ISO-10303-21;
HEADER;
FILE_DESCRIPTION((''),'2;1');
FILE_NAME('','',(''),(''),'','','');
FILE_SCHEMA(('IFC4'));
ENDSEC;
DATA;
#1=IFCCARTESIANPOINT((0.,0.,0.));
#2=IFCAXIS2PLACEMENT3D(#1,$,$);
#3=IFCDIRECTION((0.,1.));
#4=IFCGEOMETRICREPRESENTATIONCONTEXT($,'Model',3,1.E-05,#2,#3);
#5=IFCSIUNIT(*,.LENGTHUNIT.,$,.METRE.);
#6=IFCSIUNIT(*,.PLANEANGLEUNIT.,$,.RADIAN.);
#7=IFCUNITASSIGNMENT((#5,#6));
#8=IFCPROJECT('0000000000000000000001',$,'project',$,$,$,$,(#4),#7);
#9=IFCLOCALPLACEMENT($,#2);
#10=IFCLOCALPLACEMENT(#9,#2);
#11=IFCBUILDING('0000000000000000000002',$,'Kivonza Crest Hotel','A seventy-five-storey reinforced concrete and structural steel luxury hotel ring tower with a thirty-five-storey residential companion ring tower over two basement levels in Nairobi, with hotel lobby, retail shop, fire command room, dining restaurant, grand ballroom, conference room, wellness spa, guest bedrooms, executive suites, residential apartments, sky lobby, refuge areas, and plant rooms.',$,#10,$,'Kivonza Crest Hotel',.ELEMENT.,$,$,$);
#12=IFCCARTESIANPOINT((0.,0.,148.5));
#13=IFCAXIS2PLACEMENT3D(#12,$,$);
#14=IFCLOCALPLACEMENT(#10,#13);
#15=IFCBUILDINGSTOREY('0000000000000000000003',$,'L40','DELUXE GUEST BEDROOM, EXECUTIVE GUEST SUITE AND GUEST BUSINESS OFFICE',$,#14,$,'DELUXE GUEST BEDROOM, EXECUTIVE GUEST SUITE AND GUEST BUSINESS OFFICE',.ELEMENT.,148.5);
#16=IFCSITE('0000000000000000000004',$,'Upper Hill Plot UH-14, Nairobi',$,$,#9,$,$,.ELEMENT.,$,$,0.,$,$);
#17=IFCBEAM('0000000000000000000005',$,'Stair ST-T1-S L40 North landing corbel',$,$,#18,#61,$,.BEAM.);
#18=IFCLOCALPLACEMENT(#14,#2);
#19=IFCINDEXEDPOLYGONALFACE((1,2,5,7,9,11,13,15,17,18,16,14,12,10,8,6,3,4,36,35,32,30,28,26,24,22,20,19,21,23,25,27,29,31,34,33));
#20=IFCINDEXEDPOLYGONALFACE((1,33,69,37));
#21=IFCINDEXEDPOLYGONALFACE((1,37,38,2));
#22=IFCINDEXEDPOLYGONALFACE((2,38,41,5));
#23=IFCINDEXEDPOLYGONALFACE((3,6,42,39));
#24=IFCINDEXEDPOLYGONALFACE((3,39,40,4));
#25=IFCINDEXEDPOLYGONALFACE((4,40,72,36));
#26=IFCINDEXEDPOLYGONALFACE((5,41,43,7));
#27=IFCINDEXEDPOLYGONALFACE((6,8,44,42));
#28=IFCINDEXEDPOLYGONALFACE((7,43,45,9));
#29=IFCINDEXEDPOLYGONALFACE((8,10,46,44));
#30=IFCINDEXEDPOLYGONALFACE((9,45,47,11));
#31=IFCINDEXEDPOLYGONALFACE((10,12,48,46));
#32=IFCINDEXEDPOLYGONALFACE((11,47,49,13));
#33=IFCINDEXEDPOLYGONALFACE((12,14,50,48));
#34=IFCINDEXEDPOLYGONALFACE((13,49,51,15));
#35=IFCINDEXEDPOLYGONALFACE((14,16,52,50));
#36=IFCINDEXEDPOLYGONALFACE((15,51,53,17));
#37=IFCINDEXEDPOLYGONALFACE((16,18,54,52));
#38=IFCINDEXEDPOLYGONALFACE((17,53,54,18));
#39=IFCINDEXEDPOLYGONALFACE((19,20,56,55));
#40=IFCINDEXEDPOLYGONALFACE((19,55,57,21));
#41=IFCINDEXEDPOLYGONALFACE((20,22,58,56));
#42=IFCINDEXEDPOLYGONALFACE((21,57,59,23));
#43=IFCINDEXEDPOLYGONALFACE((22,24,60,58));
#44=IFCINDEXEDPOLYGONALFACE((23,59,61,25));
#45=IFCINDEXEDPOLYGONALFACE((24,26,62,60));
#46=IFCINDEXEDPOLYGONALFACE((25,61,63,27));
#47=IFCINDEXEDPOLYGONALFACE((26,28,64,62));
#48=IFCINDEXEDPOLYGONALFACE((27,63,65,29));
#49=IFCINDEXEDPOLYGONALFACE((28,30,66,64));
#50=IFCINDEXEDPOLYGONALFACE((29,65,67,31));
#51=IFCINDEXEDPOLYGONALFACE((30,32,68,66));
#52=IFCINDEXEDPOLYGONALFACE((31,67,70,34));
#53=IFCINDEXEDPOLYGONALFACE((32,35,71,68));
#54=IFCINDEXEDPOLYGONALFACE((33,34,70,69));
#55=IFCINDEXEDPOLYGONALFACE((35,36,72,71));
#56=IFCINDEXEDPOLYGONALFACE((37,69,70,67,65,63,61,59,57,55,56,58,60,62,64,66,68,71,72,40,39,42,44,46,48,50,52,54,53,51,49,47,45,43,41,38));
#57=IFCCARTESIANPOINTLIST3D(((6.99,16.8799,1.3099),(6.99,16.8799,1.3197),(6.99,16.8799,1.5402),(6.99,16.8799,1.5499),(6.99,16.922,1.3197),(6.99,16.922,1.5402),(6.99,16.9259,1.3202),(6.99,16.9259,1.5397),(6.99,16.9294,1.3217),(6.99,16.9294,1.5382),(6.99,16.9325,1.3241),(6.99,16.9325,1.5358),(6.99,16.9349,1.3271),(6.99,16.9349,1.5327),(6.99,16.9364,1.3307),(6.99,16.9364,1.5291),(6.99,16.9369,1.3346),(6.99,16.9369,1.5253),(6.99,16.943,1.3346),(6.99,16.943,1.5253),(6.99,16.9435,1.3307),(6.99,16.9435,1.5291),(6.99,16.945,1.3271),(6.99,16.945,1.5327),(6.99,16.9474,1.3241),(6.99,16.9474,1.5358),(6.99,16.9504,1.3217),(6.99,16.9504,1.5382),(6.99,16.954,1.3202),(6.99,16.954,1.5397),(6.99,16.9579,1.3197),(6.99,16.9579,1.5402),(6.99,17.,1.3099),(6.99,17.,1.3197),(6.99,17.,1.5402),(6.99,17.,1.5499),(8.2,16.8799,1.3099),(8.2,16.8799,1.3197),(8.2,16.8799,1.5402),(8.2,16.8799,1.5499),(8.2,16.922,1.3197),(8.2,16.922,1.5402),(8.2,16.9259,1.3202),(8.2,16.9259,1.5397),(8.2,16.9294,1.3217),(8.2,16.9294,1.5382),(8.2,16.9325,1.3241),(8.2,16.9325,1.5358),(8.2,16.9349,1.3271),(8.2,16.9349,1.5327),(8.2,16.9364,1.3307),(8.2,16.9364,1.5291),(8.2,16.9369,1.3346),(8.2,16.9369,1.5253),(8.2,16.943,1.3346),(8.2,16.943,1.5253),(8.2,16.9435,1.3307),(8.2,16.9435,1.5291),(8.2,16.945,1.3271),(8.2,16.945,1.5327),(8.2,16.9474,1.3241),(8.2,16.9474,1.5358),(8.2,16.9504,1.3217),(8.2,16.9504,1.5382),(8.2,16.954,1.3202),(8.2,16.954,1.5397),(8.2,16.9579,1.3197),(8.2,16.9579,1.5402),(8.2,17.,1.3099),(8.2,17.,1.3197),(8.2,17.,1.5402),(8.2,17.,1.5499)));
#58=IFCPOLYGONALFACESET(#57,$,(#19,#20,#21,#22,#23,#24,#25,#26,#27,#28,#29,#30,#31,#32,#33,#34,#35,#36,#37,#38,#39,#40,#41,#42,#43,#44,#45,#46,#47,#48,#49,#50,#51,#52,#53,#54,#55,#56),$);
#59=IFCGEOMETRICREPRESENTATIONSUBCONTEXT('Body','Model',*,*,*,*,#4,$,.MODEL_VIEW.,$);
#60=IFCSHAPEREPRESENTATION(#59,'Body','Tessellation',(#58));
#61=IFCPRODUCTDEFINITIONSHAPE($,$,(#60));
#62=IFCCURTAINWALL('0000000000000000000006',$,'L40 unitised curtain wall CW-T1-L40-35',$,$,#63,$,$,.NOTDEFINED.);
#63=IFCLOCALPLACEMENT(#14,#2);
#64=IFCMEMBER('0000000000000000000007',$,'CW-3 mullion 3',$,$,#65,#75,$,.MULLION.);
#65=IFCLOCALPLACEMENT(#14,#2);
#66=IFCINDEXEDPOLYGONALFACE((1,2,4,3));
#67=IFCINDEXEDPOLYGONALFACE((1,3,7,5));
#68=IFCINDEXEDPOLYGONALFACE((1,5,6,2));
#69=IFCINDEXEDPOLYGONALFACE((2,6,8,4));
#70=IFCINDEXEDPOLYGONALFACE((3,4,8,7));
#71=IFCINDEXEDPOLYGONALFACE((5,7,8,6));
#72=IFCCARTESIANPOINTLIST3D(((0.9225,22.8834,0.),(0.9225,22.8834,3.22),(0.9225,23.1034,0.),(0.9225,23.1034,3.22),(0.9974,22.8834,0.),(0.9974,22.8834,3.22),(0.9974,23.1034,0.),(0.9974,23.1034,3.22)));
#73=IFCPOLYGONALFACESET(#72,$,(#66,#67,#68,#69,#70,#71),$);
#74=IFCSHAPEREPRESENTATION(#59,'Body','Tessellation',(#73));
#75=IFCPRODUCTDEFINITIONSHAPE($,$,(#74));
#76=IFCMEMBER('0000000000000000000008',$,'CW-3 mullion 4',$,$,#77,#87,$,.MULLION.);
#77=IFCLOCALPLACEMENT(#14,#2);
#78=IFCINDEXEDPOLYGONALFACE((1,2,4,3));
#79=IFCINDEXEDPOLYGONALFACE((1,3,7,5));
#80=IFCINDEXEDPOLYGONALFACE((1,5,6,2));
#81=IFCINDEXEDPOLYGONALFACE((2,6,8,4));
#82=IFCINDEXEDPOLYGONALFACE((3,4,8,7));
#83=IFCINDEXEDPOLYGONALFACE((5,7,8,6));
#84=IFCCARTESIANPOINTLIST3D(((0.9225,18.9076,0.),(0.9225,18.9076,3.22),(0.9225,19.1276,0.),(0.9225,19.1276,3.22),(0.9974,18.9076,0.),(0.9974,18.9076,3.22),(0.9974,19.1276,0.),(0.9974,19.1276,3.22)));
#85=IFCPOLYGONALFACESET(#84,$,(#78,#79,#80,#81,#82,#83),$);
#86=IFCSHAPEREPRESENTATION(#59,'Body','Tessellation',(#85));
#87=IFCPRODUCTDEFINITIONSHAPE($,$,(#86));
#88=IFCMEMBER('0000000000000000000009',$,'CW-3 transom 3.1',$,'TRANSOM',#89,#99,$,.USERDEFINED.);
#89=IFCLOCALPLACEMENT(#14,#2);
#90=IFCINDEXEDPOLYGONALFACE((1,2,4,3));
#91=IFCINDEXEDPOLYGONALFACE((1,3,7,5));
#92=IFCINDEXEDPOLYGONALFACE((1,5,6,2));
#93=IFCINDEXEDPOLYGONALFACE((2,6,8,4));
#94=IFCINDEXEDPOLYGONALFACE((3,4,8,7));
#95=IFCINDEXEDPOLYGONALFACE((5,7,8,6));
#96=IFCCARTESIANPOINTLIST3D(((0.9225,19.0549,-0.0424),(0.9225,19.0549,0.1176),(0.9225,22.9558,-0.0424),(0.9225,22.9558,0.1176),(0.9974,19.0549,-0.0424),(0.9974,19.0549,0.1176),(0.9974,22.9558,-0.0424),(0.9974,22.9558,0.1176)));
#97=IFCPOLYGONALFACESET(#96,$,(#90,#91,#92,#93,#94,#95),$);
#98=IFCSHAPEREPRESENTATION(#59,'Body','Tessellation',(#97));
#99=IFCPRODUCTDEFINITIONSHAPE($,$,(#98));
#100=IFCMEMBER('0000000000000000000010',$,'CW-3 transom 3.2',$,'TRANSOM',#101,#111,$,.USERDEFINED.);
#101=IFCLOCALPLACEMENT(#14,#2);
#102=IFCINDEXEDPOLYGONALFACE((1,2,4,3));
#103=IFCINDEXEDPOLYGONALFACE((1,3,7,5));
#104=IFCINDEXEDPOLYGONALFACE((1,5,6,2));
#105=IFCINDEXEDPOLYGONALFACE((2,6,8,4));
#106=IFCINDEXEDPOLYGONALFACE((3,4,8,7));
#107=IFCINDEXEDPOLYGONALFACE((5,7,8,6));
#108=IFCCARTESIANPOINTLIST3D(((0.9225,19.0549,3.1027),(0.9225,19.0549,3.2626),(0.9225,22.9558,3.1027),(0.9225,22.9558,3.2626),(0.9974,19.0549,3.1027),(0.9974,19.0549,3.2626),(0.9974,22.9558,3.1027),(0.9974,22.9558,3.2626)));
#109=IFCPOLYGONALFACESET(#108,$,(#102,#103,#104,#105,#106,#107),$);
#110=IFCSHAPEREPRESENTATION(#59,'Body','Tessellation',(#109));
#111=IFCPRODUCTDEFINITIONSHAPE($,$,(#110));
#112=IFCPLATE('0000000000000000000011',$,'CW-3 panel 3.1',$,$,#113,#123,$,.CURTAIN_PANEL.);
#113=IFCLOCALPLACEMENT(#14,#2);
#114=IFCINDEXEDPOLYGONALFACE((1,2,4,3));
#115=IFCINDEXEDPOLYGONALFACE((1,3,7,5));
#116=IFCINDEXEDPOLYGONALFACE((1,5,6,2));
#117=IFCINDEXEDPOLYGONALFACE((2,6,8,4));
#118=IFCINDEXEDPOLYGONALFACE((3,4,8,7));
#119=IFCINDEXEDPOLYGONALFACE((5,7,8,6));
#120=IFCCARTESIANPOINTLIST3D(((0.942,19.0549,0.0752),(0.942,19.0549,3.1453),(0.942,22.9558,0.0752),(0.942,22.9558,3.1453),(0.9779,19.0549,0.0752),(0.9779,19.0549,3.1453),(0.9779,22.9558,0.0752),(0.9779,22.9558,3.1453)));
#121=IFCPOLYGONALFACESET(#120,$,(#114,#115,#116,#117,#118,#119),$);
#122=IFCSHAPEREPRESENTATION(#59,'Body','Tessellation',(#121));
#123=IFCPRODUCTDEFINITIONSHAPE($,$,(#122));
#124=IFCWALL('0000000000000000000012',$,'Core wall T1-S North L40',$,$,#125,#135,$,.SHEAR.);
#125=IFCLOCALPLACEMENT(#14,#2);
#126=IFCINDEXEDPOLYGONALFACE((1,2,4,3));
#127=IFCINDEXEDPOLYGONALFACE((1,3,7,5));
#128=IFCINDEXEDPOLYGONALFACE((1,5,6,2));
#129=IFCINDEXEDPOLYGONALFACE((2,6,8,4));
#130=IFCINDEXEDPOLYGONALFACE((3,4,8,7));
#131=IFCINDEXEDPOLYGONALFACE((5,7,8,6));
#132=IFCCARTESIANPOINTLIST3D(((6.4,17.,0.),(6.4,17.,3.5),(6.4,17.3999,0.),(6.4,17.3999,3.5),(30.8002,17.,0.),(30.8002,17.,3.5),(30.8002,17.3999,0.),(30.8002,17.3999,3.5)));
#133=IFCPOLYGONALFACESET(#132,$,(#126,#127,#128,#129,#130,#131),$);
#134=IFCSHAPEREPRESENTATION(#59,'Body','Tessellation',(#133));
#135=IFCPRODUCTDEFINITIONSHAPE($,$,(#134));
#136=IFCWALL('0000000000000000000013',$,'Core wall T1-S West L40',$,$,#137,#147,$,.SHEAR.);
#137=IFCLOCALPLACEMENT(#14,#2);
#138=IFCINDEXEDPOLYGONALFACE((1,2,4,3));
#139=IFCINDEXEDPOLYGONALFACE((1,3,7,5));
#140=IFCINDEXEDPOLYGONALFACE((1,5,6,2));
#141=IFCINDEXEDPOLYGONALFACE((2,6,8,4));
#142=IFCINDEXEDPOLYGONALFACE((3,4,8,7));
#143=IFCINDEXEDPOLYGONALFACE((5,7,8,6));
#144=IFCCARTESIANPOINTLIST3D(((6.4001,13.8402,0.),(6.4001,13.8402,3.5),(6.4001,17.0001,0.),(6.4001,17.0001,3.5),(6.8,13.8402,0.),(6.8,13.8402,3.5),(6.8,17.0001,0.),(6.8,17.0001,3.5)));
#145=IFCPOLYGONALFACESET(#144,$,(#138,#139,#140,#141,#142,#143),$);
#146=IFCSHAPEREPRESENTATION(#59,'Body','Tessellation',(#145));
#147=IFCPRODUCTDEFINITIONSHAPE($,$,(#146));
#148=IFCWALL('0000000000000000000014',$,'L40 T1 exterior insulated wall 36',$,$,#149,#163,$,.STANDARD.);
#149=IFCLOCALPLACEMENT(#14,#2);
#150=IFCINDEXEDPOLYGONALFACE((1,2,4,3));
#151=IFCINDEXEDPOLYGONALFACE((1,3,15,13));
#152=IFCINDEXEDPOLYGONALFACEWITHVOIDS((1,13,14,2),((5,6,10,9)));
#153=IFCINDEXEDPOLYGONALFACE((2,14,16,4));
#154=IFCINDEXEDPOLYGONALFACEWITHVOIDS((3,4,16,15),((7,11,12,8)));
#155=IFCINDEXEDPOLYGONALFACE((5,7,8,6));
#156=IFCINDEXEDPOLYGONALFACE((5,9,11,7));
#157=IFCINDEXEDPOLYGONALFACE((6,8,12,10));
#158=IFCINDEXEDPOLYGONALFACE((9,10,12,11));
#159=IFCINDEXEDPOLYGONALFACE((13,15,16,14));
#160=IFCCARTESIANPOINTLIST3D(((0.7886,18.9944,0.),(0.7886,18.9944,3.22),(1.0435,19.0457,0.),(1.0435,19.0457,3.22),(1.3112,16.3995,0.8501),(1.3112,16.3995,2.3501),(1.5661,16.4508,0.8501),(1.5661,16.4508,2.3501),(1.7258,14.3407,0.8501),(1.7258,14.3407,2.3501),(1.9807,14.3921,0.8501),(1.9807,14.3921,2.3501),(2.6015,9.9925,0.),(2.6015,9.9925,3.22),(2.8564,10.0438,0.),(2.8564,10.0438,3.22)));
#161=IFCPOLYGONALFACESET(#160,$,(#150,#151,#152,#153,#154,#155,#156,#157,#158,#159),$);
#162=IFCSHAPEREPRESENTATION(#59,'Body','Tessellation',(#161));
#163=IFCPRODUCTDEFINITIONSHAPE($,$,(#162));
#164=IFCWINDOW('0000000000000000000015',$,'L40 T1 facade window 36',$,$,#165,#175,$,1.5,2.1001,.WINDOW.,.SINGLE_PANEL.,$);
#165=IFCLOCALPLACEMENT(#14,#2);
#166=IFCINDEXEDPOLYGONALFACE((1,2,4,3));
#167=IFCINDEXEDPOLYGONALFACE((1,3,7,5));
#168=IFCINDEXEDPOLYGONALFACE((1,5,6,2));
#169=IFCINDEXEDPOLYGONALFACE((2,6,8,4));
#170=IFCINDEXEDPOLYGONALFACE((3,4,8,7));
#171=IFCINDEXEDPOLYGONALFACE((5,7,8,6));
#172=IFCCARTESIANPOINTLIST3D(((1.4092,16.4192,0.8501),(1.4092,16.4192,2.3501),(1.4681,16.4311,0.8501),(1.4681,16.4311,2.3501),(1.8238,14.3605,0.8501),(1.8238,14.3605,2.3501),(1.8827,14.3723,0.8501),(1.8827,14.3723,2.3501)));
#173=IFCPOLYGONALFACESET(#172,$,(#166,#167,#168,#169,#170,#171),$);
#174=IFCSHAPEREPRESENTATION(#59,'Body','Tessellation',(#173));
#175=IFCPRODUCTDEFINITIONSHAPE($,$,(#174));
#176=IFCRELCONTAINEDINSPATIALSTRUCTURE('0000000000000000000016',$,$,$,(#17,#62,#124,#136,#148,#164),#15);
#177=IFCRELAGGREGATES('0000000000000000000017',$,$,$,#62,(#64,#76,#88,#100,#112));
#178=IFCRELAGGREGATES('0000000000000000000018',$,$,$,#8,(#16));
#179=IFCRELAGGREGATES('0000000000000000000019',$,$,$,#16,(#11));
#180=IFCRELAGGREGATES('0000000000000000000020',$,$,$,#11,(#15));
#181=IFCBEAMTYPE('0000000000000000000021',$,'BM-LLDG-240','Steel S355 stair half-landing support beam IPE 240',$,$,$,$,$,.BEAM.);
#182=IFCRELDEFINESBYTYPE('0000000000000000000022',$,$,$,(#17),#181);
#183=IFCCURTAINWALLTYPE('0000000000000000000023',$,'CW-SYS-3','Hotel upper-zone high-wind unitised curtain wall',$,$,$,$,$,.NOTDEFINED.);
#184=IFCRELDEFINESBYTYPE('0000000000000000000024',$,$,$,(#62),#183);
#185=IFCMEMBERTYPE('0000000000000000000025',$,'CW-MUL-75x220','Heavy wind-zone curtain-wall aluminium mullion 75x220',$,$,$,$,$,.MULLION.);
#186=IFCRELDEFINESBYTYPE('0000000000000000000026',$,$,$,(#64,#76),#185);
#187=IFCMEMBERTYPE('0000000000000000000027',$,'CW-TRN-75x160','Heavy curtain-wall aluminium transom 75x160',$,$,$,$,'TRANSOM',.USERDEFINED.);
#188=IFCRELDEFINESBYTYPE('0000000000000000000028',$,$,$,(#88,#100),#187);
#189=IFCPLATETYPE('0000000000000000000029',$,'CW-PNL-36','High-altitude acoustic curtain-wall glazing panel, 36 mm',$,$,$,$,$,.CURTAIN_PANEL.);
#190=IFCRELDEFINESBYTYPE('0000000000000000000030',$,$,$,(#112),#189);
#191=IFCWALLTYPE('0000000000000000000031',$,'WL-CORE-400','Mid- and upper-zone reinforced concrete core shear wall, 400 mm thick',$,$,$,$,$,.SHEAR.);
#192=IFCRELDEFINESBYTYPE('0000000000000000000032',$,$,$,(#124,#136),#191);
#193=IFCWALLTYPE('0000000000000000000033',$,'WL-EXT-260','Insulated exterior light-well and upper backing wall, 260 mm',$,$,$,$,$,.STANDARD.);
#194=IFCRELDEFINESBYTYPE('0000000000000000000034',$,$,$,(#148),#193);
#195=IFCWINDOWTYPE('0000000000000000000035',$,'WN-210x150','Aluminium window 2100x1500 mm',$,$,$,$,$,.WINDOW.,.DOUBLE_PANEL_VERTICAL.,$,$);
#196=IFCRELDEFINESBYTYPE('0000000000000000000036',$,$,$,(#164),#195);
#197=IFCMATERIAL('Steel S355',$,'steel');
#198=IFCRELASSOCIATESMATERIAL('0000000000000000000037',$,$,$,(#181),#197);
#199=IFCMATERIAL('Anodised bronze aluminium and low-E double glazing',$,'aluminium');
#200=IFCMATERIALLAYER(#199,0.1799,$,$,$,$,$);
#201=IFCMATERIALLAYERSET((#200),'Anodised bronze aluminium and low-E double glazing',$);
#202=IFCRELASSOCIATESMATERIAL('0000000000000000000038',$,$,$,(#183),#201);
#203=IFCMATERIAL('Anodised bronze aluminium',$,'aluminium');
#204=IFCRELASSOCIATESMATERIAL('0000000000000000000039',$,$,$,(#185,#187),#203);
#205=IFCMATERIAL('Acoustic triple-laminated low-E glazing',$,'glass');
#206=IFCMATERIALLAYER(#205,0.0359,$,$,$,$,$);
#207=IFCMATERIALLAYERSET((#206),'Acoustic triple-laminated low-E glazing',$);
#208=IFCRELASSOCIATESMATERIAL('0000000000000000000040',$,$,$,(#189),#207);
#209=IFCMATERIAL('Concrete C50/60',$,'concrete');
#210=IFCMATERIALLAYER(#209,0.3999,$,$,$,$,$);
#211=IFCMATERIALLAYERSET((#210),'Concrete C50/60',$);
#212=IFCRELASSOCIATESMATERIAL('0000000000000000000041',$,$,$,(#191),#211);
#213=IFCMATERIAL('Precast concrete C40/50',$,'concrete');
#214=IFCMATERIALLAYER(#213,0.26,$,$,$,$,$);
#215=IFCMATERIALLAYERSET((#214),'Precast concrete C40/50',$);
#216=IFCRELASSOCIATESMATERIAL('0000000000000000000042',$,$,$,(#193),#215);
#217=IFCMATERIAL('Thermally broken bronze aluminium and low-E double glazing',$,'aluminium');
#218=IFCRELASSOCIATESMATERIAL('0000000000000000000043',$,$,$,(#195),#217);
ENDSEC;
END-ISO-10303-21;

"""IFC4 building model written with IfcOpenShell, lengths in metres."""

from ifc_helpers import new_model, si_unit, direction, frame, frame_2d, origin, origin_2d, place, context, subcontext, project, spatial, rectangle, i_section, extrude, material, layer, layer_set, material_profile, profile_set, type_object, element, fill, aggregate, save


model = new_model("IFC4")

# Units and contexts
model_context = context("Model", 3, precision=1e-05, world=origin(), true_north=direction((0.0, 1.0)))
body_context = subcontext(model_context, "Body", "Model", "MODEL_VIEW")
ifc_project = project(units=[si_unit("LENGTHUNIT", "METRE"), si_unit("PLANEANGLEUNIT", "RADIAN")], contexts=[model_context])

# Site, building, storey
site_placement = place(None, origin())
site = spatial("IfcSite", under=ifc_project, at=site_placement, Name="Upper Hill Plot UH-14, Nairobi", CompositionType="ELEMENT", RefElevation=0.0)
building_placement = place(site_placement, origin())
building = spatial("IfcBuilding", under=site, at=building_placement, Name="Kivonza Crest Hotel", Description="A seventy-five-storey reinforced concrete and structural steel luxury hotel ring tower with a thirty-five-storey residential companion ring tower over two basement levels in Nairobi, with hotel lobby, retail shop, fire command room, dining restaurant, grand ballroom, conference room, wellness spa, guest bedrooms, executive suites, residential apartments, sky lobby, refuge areas, and plant rooms.", LongName="Kivonza Crest Hotel", CompositionType="ELEMENT")
storey_placement = place(building_placement, frame((0.0, 0.0, 148.5)))
storey = spatial("IfcBuildingStorey", under=building, at=storey_placement, Name="L40", Description="DELUXE GUEST BEDROOM, EXECUTIVE GUEST SUITE AND GUEST BUSINESS OFFICE", LongName="DELUXE GUEST BEDROOM, EXECUTIVE GUEST SUITE AND GUEST BUSINESS OFFICE", CompositionType="ELEMENT", Elevation=148.5)

# Shared definitions
ifc_material_1 = material(Name="Concrete C50/60", Category="concrete")

# Beam
ifc_material_2 = material(Name="Steel S355", Category="steel")
ifc_material_profile_1 = material_profile(ifc_material_2, i_section(OverallWidth=0.1201, OverallDepth=0.24, WebThickness=0.0061, FlangeThickness=0.0098, FilletRadius=0.0149, at=origin_2d()), Name="IPE 240")
ifc_profile_set_1 = profile_set([ifc_material_profile_1], Name="Steel S355")
beam_type_1 = type_object("IfcBeamType", Name="BM-LLDG-240", Description="Steel S355 stair half-landing support beam IPE 240", PredefinedType="BEAM", material=ifc_profile_set_1)
for number, where, z_axis, x_axis, name in (
    (1, (6.99, 16.9399, 1.4299), (1.0, 0.0, 0.0), (0.0, 1.0, 0.0), "Stair ST-T1-S L40 North landing corbel"),
):
    element("IfcBeam", number, at=place(storey_placement, frame(where, z_axis=z_axis, x_axis=x_axis)), inside=storey, type_object=beam_type_1, Name=name, PredefinedType="BEAM", context=body_context, shape_type="SweptSolid", body=[
        extrude(i_section(OverallWidth=0.1201, OverallDepth=0.24, WebThickness=0.0061, FlangeThickness=0.0098, FilletRadius=0.0149, at=origin_2d()), origin(), (0.0, 0.0, 1.0), 1.21),
    ])

# Curtain wall, members, plate
ifc_material_3 = material(Name="Anodised bronze aluminium and low-E double glazing", Category="aluminium")
ifc_layer_1 = layer(ifc_material_3, 0.1799)
ifc_layer_set_1 = layer_set([ifc_layer_1], Name="Anodised bronze aluminium and low-E double glazing")
curtain_wall_type = type_object("IfcCurtainWallType", Name="CW-SYS-3", Description="Hotel upper-zone high-wind unitised curtain wall", PredefinedType="NOTDEFINED", material=ifc_layer_set_1)
curtain_wall_placement = place(storey_placement, origin())
curtain_wall = element("IfcCurtainWall", 2, at=curtain_wall_placement, inside=storey, type_object=curtain_wall_type, Name="L40 unitised curtain wall CW-T1-L40-35", PredefinedType="NOTDEFINED")
ifc_material_4 = material(Name="Anodised bronze aluminium", Category="aluminium")
ifc_material_profile_2 = material_profile(ifc_material_4, rectangle(XDim=0.075, YDim=0.22, at=origin_2d()), Name="CW-M 75x220")
ifc_profile_set_2 = profile_set([ifc_material_profile_2], Name="Anodised bronze aluminium")
member_type_1 = type_object("IfcMemberType", Name="CW-MUL-75x220", Description="Heavy wind-zone curtain-wall aluminium mullion 75x220", PredefinedType="MULLION", material=ifc_profile_set_2)
member_1_placement = place(storey_placement, frame((0.96, 22.9934, 0.0), z_axis=(0.0, 0.0, 1.0), x_axis=(1.0, 0.0, 0.0)))
member_1 = element("IfcMember", 3, at=member_1_placement, type_object=member_type_1, Name="CW-3 mullion 3", PredefinedType="MULLION", context=body_context, shape_type="SweptSolid", body=[
    extrude(rectangle(XDim=0.075, YDim=0.22, at=origin_2d()), origin(), (0.0, 0.0, 1.0), 3.22),
])
member_2_placement = place(storey_placement, frame((0.96, 19.0176, 0.0), z_axis=(0.0, 0.0, 1.0), x_axis=(1.0, 0.0, 0.0)))
member_2 = element("IfcMember", 4, at=member_2_placement, type_object=member_type_1, Name="CW-3 mullion 4", PredefinedType="MULLION", context=body_context, shape_type="SweptSolid", body=[
    extrude(rectangle(XDim=0.075, YDim=0.22, at=origin_2d()), origin(), (0.0, 0.0, 1.0), 3.22),
])
ifc_material_profile_3 = material_profile(ifc_material_4, rectangle(XDim=0.075, YDim=0.1599, at=origin_2d()), Name="CW-T 75x160")
ifc_profile_set_3 = profile_set([ifc_material_profile_3], Name="Anodised bronze aluminium")
member_type_2 = type_object("IfcMemberType", Name="CW-TRN-75x160", Description="Heavy curtain-wall aluminium transom 75x160", ElementType="TRANSOM", PredefinedType="USERDEFINED", material=ifc_profile_set_3)
member_3_placement = place(storey_placement, frame((0.96, 22.9558, 0.0376), z_axis=(0.0, -1.0, 0.0), x_axis=(1.0, 0.0, 0.0)))
member_3 = element("IfcMember", 5, at=member_3_placement, type_object=member_type_2, Name="CW-3 transom 3.1", ObjectType="TRANSOM", PredefinedType="USERDEFINED", context=body_context, shape_type="SweptSolid", body=[
    extrude(rectangle(XDim=0.075, YDim=0.1599, at=origin_2d()), origin(), (0.0, 0.0, 1.0), 3.9009),
])
member_4_placement = place(storey_placement, frame((0.96, 22.9558, 3.1826), z_axis=(0.0, -1.0, 0.0), x_axis=(1.0, 0.0, 0.0)))
member_4 = element("IfcMember", 6, at=member_4_placement, type_object=member_type_2, Name="CW-3 transom 3.2", ObjectType="TRANSOM", PredefinedType="USERDEFINED", context=body_context, shape_type="SweptSolid", body=[
    extrude(rectangle(XDim=0.075, YDim=0.1599, at=origin_2d()), origin(), (0.0, 0.0, 1.0), 3.9009),
])
ifc_material_5 = material(Name="Acoustic triple-laminated low-E glazing", Category="glass")
ifc_layer_2 = layer(ifc_material_5, 0.0359)
ifc_layer_set_2 = layer_set([ifc_layer_2], Name="Acoustic triple-laminated low-E glazing")
plate_type = type_object("IfcPlateType", Name="CW-PNL-36", Description="High-altitude acoustic curtain-wall glazing panel, 36 mm", PredefinedType="CURTAIN_PANEL", material=ifc_layer_set_2)
plate_placement = place(storey_placement, frame((0.96, 21.0054, 0.0752), z_axis=(0.0, 0.0, 1.0), x_axis=(0.0, -1.0, 0.0)))
plate = element("IfcPlate", 7, at=plate_placement, type_object=plate_type, Name="CW-3 panel 3.1", PredefinedType="CURTAIN_PANEL", context=body_context, shape_type="SweptSolid", body=[
    extrude(rectangle(XDim=3.9009, YDim=0.0359, at=origin_2d()), origin(), (0.0, 0.0, 1.0), 3.0701),
])
aggregate(curtain_wall, [member_1, member_2, member_3, member_4, plate])

# Shared definitions
ifc_layer_3 = layer(ifc_material_1, 0.3999)
ifc_layer_set_3 = layer_set([ifc_layer_3], Name="Concrete C50/60")
wall_type_1 = type_object("IfcWallType", Name="WL-CORE-400", Description="Mid- and upper-zone reinforced concrete core shear wall, 400 mm thick", PredefinedType="SHEAR", material=ifc_layer_set_3)

# Walls
wall_1_placement = place(storey_placement, frame((6.3999, 17.2, 0.0), z_axis=(0.0, 0.0, 1.0), x_axis=(1.0, 0.0, 0.0)))
element("IfcWall", 8, at=wall_1_placement, inside=storey, type_object=wall_type_1, Name="Core wall T1-S North L40", PredefinedType="SHEAR", context=body_context, shape_type="SweptSolid", body=[
    extrude(rectangle(XDim=24.4001, YDim=0.3999, at=frame_2d((12.2002, 0.0))), origin(), (0.0, 0.0, 1.0), 3.5),
])
wall_2_placement = place(storey_placement, frame((6.6001, 13.8401, 0.0), z_axis=(0.0, 0.0, 1.0), x_axis=(0.0, 1.0, 0.0)))
element("IfcWall", 9, at=wall_2_placement, inside=storey, type_object=wall_type_1, Name="Core wall T1-S West L40", PredefinedType="SHEAR", context=body_context, shape_type="SweptSolid", body=[
    extrude(rectangle(XDim=3.1599, YDim=0.3999, at=frame_2d((1.5801, 0.0))), origin(), (0.0, 0.0, 1.0), 3.5),
])

# Wall, opening, window
ifc_material_6 = material(Name="Precast concrete C40/50", Category="concrete")
ifc_layer_4 = layer(ifc_material_6, 0.26)
ifc_layer_set_4 = layer_set([ifc_layer_4], Name="Precast concrete C40/50")
wall_type_2 = type_object("IfcWallType", Name="WL-EXT-260", Description="Insulated exterior light-well and upper backing wall, 260 mm", PredefinedType="STANDARD", material=ifc_layer_set_4)
wall_3_placement = place(storey_placement, frame((0.916, 19.02, 0.0), z_axis=(0.0, 0.0, 1.0), x_axis=(0.197435, -0.980316, 0.0)))
wall_3 = element("IfcWall", 10, at=wall_3_placement, inside=storey, type_object=wall_type_2, Name="L40 T1 exterior insulated wall 36", PredefinedType="STANDARD", context=body_context, shape_type="SweptSolid", body=[
    extrude(rectangle(XDim=9.1826, YDim=0.26, at=frame_2d((4.5913, 0.0))), origin(), (0.0, 0.0, 1.0), 3.22),
])
opening_1_placement = place(wall_3_placement, frame((2.647, 0.0, 0.8501)))
opening_1 = element("IfcOpeningElement", 11, at=opening_1_placement, cuts=wall_3, PredefinedType="OPENING", context=body_context, shape_type="SweptSolid", body=[
    extrude(rectangle(XDim=2.1001, YDim=1.5, at=frame_2d((1.05, 0.75))), frame((0.0, 0.1401, 0.0), z_axis=(0.0, -1.0, 0.0), x_axis=(1.0, 0.0, 0.0)), (0.0, 0.0, 1.0), 0.28),
])
ifc_material_7 = material(Name="Thermally broken bronze aluminium and low-E double glazing", Category="aluminium")
window_type = type_object("IfcWindowType", Name="WN-210x150", Description="Aluminium window 2100x1500 mm", PartitioningType="DOUBLE_PANEL_VERTICAL", PredefinedType="WINDOW", material=ifc_material_7)
window_placement = place(opening_1_placement, origin())
window = element("IfcWindow", 12, at=window_placement, inside=storey, type_object=window_type, Name="L40 T1 facade window 36", OverallHeight=1.5, OverallWidth=2.1001, PartitioningType="SINGLE_PANEL", PredefinedType="WINDOW", context=body_context, shape_type="SweptSolid", body=[
    extrude(rectangle(XDim=2.1001, YDim=1.5, at=frame_2d((1.05, 0.75))), frame((0.0, 0.03, 0.0), z_axis=(0.0, -1.0, 0.0), x_axis=(1.0, 0.0, 0.0)), (0.0, 0.0, 1.0), 0.0601),
])
fill(opening_1, window)

save(model, "model.ifc")
